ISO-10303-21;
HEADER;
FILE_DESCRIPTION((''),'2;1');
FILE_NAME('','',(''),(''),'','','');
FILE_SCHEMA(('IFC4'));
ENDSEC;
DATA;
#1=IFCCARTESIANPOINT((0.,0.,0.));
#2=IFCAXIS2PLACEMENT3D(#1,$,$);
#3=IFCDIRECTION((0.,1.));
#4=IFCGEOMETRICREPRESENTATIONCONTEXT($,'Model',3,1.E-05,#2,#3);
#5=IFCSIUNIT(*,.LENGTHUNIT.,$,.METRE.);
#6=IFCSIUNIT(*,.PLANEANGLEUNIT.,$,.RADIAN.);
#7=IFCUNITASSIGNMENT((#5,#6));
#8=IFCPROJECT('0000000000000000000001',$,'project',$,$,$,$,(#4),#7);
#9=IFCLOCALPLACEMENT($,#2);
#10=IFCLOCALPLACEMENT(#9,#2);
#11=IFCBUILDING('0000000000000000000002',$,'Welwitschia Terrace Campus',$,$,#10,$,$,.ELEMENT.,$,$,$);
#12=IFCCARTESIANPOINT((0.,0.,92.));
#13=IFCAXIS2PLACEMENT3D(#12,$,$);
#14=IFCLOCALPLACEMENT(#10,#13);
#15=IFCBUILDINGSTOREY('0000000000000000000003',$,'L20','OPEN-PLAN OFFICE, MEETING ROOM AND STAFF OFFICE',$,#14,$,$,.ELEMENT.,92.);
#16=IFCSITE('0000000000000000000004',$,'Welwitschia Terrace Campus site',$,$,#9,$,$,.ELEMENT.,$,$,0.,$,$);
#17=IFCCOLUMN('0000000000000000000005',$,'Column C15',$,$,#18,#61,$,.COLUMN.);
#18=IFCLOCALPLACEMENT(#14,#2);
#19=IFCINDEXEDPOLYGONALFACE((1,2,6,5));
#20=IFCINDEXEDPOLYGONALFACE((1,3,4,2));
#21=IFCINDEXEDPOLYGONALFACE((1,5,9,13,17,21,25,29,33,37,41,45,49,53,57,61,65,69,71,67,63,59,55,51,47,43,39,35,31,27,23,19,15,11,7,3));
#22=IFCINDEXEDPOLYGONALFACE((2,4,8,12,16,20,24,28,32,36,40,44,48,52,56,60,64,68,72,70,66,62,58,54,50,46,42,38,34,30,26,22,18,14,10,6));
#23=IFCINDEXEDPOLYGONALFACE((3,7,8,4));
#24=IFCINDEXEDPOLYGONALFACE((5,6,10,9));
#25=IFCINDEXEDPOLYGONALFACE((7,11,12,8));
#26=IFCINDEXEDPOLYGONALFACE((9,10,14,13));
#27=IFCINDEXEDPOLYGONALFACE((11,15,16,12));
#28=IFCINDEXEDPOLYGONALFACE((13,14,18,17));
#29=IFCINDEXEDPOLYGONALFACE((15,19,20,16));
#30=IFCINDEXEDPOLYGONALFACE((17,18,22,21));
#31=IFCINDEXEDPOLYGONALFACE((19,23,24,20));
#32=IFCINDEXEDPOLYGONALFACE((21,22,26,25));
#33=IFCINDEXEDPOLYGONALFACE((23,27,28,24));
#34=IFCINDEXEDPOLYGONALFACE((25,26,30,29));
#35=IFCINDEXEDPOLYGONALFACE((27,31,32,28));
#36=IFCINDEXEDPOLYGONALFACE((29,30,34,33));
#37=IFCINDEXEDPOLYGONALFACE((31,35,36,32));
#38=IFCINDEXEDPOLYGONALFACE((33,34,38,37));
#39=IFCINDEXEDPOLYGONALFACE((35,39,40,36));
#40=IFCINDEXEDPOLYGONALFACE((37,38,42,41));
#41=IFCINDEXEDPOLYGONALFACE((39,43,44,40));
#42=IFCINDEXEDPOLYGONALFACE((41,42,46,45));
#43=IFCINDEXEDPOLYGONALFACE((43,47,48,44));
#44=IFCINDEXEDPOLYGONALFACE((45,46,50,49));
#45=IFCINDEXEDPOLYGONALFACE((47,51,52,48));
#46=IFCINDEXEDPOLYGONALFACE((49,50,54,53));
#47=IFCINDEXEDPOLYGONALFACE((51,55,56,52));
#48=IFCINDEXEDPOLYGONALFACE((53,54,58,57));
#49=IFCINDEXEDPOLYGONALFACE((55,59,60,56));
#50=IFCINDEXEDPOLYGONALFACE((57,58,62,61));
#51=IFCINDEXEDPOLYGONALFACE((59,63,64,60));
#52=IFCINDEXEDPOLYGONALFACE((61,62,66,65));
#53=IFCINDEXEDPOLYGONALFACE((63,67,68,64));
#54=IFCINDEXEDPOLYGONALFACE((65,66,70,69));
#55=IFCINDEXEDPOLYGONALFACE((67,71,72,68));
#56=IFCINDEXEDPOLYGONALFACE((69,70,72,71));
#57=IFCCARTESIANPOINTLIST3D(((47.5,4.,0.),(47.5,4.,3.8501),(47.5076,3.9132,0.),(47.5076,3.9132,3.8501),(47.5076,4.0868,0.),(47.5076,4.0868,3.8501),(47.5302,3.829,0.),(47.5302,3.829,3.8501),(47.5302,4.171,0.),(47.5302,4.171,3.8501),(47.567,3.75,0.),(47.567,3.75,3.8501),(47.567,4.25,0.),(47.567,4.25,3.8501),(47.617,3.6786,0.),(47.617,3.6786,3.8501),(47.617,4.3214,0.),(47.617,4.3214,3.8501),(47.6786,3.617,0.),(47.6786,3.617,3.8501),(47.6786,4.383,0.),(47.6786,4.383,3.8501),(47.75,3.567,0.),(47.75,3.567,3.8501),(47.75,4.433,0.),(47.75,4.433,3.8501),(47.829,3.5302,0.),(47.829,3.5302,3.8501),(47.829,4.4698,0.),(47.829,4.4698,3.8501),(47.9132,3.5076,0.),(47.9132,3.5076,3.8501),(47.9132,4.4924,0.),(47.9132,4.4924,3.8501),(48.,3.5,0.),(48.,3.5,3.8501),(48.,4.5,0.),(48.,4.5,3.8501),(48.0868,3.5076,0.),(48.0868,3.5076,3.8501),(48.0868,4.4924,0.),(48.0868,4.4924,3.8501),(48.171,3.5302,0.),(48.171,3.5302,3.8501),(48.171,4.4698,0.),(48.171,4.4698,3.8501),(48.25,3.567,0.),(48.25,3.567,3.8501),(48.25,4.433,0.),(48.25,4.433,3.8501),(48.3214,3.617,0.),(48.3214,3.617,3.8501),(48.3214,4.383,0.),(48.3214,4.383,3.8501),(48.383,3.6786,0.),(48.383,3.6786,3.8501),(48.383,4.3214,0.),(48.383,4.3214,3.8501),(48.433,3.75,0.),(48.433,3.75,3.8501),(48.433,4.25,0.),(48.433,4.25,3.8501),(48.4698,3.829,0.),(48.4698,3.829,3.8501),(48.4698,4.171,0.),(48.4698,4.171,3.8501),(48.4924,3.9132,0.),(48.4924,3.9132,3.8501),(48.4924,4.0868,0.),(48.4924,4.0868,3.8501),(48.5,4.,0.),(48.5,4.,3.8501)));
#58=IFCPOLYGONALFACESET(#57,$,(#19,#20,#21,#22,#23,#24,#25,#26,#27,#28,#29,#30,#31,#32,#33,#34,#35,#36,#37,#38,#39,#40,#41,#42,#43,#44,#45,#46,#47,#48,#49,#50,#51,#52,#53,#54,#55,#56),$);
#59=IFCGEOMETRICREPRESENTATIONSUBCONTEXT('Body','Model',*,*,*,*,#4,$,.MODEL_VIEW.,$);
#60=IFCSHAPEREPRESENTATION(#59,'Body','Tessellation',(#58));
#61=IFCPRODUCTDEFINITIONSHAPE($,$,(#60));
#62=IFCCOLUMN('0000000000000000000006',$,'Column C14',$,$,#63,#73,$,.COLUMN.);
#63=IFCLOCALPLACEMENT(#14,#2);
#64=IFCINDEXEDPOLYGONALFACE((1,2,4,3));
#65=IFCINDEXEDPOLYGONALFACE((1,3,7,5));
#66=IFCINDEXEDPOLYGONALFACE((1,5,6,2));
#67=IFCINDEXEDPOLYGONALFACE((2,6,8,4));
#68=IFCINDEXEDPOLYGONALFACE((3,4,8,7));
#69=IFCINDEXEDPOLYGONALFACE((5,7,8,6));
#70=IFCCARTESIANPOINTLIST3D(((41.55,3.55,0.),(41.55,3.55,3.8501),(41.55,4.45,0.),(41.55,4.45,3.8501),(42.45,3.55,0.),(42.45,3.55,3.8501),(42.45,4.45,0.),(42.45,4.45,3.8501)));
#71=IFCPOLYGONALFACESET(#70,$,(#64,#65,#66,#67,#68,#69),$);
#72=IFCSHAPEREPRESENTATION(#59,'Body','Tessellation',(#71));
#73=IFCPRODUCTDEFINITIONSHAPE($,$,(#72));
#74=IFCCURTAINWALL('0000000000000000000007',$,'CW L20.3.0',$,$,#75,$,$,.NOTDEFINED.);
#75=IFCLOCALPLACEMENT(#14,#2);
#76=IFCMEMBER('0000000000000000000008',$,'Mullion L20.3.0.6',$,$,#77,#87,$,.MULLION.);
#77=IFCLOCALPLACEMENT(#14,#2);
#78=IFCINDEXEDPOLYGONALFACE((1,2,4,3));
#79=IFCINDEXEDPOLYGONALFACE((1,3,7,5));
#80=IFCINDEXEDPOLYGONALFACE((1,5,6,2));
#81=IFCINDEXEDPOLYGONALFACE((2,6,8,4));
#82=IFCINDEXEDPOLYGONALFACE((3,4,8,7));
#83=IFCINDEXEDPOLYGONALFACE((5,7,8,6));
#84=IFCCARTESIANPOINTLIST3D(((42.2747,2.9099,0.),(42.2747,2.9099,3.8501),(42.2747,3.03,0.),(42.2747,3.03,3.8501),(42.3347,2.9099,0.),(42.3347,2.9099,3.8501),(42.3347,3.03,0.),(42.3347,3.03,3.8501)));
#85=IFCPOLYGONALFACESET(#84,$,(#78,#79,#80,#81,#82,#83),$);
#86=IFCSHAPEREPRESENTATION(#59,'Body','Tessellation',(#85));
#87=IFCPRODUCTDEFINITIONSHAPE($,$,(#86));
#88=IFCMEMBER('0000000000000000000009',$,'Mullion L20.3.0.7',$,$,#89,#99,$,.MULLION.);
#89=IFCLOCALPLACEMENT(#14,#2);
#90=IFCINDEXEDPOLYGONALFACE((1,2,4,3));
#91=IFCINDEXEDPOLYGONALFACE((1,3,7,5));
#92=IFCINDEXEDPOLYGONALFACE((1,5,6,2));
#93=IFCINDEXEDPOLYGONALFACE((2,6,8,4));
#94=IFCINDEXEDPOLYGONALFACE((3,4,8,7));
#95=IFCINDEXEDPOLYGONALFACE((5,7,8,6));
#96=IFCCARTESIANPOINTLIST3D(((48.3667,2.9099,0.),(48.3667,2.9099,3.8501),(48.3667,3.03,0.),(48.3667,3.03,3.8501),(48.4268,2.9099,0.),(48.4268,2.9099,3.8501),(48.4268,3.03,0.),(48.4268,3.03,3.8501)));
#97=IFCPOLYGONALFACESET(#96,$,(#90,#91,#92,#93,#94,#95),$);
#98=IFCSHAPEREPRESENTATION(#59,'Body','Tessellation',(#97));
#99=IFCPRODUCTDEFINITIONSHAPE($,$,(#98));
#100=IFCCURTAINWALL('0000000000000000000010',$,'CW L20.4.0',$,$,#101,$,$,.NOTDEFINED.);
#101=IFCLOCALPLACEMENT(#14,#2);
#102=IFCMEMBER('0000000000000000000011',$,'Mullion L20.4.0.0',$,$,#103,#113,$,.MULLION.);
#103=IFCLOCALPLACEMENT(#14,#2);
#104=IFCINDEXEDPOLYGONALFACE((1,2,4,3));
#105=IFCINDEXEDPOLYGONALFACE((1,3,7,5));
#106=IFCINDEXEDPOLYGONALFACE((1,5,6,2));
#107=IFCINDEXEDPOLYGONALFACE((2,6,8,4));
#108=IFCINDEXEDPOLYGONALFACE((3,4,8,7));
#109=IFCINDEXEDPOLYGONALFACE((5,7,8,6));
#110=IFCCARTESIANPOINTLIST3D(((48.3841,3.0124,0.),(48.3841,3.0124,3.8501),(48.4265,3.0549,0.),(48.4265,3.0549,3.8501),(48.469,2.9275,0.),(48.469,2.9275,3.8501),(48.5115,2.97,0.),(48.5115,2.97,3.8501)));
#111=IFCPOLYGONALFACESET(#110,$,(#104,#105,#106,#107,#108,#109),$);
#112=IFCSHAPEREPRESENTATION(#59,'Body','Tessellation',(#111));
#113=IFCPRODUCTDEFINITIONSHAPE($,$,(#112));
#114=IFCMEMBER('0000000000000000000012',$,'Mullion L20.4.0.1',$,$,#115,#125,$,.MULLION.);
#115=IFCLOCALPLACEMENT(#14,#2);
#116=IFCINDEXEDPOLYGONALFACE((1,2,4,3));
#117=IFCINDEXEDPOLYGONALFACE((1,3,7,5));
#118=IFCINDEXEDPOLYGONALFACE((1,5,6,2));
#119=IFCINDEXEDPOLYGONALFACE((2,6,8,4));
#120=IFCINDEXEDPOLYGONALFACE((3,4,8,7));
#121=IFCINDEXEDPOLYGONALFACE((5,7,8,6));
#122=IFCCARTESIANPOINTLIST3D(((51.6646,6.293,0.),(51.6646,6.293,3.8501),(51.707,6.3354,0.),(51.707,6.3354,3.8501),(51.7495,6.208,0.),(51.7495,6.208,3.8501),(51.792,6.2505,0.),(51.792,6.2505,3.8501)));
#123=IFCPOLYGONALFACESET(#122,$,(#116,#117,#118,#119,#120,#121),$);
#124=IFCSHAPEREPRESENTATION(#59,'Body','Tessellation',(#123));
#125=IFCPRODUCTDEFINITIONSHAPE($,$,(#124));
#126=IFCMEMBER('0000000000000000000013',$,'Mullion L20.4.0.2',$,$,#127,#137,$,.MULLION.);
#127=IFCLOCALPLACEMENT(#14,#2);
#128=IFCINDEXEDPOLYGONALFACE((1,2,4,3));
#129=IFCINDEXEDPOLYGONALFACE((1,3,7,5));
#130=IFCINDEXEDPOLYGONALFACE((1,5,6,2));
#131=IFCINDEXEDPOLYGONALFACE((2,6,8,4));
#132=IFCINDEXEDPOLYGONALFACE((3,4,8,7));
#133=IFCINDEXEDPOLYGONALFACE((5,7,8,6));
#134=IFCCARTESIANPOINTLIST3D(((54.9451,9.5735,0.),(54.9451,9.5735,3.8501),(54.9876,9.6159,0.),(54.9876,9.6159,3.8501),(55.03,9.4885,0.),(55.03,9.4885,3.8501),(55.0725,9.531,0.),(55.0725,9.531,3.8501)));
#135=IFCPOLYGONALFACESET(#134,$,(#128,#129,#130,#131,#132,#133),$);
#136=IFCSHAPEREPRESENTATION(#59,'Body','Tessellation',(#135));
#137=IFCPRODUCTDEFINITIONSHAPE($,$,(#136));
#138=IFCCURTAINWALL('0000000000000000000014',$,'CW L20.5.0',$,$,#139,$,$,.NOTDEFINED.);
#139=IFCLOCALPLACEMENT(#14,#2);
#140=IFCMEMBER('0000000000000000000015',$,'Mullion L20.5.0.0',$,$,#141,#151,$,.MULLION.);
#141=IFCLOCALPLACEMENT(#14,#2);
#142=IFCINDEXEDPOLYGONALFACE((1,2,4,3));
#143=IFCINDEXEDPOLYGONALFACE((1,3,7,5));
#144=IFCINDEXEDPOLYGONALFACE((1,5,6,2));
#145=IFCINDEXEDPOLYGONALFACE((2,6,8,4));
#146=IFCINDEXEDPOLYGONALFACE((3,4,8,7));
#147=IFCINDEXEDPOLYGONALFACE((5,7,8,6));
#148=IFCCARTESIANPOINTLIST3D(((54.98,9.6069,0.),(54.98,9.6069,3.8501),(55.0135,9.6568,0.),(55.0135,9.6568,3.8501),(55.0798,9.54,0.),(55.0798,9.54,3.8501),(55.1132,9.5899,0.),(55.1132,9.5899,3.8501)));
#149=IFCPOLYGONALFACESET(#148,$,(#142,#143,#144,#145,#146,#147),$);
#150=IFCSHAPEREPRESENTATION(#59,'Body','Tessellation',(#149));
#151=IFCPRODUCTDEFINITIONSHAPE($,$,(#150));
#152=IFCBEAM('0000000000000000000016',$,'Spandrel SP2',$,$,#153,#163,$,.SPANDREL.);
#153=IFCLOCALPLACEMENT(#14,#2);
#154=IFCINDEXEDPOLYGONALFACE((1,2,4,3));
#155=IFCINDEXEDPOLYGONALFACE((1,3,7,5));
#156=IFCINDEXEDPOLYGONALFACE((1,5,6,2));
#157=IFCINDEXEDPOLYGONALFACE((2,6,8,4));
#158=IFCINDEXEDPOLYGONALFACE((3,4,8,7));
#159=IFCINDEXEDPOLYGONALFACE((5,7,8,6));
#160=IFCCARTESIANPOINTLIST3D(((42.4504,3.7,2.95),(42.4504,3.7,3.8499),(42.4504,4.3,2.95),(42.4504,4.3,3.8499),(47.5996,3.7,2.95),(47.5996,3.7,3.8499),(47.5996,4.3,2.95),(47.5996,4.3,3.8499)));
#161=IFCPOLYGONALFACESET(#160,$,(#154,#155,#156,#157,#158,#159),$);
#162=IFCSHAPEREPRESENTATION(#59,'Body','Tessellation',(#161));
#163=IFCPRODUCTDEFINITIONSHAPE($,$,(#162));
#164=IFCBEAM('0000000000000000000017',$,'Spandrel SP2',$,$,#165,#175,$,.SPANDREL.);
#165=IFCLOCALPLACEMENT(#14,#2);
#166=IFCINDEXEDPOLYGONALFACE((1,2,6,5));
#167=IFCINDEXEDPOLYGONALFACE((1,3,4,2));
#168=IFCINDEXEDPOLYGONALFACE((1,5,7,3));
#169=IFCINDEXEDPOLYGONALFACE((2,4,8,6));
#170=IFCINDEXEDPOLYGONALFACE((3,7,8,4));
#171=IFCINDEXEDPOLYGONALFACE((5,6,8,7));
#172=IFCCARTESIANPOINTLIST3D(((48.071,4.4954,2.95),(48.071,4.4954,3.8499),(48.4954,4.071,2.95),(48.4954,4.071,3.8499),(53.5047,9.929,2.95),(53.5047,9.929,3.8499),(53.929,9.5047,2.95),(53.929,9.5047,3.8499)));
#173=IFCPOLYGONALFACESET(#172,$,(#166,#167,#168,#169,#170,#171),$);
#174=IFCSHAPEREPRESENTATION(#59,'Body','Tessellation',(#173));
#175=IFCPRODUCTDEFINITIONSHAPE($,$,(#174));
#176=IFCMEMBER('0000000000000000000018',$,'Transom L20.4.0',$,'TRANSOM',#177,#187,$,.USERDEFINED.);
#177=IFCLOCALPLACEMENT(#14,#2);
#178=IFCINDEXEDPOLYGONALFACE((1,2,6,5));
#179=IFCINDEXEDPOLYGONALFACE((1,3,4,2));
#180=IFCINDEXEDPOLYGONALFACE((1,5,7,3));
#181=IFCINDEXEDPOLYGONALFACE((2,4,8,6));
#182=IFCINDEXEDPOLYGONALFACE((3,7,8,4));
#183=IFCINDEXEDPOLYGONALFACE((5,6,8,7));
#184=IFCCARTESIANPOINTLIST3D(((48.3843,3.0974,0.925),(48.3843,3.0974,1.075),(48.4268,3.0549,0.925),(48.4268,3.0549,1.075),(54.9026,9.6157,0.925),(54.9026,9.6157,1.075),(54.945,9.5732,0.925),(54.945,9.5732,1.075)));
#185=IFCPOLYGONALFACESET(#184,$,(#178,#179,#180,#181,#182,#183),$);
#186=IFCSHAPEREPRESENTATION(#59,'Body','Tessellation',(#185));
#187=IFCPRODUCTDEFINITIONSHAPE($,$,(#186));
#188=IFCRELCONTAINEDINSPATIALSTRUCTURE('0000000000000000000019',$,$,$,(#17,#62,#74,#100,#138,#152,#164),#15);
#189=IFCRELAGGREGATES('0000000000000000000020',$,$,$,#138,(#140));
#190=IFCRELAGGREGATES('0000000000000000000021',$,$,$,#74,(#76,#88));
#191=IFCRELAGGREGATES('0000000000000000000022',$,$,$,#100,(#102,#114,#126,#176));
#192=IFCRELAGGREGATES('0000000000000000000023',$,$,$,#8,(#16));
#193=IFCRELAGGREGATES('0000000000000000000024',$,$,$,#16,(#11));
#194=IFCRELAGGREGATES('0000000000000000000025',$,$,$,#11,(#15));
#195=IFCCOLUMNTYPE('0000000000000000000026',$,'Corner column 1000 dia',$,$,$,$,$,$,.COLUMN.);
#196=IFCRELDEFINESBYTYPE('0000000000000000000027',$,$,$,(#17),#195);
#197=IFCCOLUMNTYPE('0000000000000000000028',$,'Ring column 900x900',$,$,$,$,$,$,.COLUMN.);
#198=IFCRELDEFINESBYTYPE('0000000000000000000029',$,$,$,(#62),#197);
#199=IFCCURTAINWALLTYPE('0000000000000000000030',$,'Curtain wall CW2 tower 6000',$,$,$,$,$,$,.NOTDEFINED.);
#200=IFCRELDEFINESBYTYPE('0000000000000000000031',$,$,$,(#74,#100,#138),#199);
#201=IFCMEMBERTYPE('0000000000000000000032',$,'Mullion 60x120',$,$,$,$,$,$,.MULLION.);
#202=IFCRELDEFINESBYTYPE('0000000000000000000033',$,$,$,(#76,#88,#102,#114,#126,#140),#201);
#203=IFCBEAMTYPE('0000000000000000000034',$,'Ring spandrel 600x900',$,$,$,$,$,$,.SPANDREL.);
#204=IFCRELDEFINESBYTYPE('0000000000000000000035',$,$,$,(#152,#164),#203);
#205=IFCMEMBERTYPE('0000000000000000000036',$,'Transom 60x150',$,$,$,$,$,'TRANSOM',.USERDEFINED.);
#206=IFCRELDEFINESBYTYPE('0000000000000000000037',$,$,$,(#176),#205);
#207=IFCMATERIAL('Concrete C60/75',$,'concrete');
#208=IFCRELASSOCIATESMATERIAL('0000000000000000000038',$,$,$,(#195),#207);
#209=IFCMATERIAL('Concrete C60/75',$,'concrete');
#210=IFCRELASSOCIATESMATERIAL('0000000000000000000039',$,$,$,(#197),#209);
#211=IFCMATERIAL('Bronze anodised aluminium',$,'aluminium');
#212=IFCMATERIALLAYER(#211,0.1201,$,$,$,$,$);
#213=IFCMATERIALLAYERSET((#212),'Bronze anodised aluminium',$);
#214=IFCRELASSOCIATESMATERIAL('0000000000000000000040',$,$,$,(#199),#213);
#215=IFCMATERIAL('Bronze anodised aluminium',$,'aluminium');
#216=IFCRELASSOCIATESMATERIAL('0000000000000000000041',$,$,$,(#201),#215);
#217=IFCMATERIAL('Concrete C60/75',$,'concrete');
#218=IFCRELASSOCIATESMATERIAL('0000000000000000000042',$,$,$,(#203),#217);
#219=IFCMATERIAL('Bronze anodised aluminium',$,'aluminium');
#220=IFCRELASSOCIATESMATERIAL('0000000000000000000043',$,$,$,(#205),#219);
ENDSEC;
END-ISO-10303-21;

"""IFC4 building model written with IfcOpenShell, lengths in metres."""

from ifc_helpers import new_model, si_unit, direction, frame, origin, origin_2d, place, context, subcontext, project, spatial, rectangle, circle, extrude, material, layer, layer_set, material_profile, profile_set, type_object, element, aggregate, save


model = new_model("IFC4")

# Units and contexts
model_context = context("Model", 3, precision=1e-05, world=origin(), true_north=direction((0.0, 1.0)))
body_context = subcontext(model_context, "Body", "Model", "MODEL_VIEW")
ifc_project = project(units=[si_unit("LENGTHUNIT", "METRE"), si_unit("PLANEANGLEUNIT", "RADIAN")], contexts=[model_context])

# Site, building, storey
site_placement = place(None, origin())
site = spatial("IfcSite", under=ifc_project, at=site_placement, Name="Welwitschia Terrace Campus site", CompositionType="ELEMENT", RefElevation=0.0)
building_placement = place(site_placement, origin())
building = spatial("IfcBuilding", under=site, at=building_placement, Name="Welwitschia Terrace Campus", CompositionType="ELEMENT")
storey_placement = place(building_placement, frame((0.0, 0.0, 92.0)))
storey = spatial("IfcBuildingStorey", under=building, at=storey_placement, Name="L20", Description="OPEN-PLAN OFFICE, MEETING ROOM AND STAFF OFFICE", CompositionType="ELEMENT", Elevation=92.0)

# Columns
ifc_material_1 = material(Name="Concrete C60/75", Category="concrete")
ifc_material_profile_1 = material_profile(ifc_material_1, circle(Radius=0.5, at=origin_2d()))
ifc_profile_set_1 = profile_set([ifc_material_profile_1], Name="Concrete C60/75")
column_type_1 = type_object("IfcColumnType", Name="Corner column 1000 dia", PredefinedType="COLUMN", material=ifc_profile_set_1)
column_1_placement = place(storey_placement, frame((48.0, 4.0, 0.0), z_axis=(0.0, 0.0, 1.0), x_axis=(1.0, 0.0, 0.0)))
element("IfcColumn", 1, at=column_1_placement, inside=storey, type_object=column_type_1, Name="Column C15", PredefinedType="COLUMN", context=body_context, shape_type="SweptSolid", body=[
    extrude(circle(Radius=0.5, at=origin_2d()), origin(), (0.0, 0.0, 1.0), 3.8501),
])
ifc_material_2 = material(Name="Concrete C60/75", Category="concrete")
ifc_material_profile_2 = material_profile(ifc_material_2, rectangle(XDim=0.8999, YDim=0.8999, at=origin_2d()))
ifc_profile_set_2 = profile_set([ifc_material_profile_2], Name="Concrete C60/75")
column_type_2 = type_object("IfcColumnType", Name="Ring column 900x900", PredefinedType="COLUMN", material=ifc_profile_set_2)
column_2_placement = place(storey_placement, frame((42.0, 4.0, 0.0), z_axis=(0.0, 0.0, 1.0), x_axis=(1.0, 0.0, 0.0)))
element("IfcColumn", 2, at=column_2_placement, inside=storey, type_object=column_type_2, Name="Column C14", PredefinedType="COLUMN", context=body_context, shape_type="SweptSolid", body=[
    extrude(rectangle(XDim=0.8999, YDim=0.8999, at=origin_2d()), origin(), (0.0, 0.0, 1.0), 3.8501),
])

# Curtain walls, members
ifc_material_3 = material(Name="Bronze anodised aluminium", Category="aluminium")
ifc_layer_1 = layer(ifc_material_3, 0.1201)
ifc_layer_set_1 = layer_set([ifc_layer_1], Name="Bronze anodised aluminium")
curtain_wall_type = type_object("IfcCurtainWallType", Name="Curtain wall CW2 tower 6000", PredefinedType="NOTDEFINED", material=ifc_layer_set_1)
curtain_wall_1_placement = place(storey_placement, origin())
curtain_wall_1 = element("IfcCurtainWall", 3, at=curtain_wall_1_placement, inside=storey, type_object=curtain_wall_type, Name="CW L20.3.0", PredefinedType="NOTDEFINED")
ifc_material_4 = material(Name="Bronze anodised aluminium", Category="aluminium")
ifc_material_profile_3 = material_profile(ifc_material_4, rectangle(XDim=0.1201, YDim=0.0601, at=origin_2d()))
ifc_profile_set_3 = profile_set([ifc_material_profile_3], Name="Bronze anodised aluminium")
member_type_1 = type_object("IfcMemberType", Name="Mullion 60x120", PredefinedType="MULLION", material=ifc_profile_set_3)
member_1_placement = place(storey_placement, frame((42.3047, 2.97, 0.0), z_axis=(0.0, 0.0, 1.0), x_axis=(0.0, 1.0, 0.0)))
member_1 = element("IfcMember", 4, at=member_1_placement, type_object=member_type_1, Name="Mullion L20.3.0.6", PredefinedType="MULLION", context=body_context, shape_type="SweptSolid", body=[
    extrude(rectangle(XDim=0.1201, YDim=0.0601, at=origin_2d()), origin(), (0.0, 0.0, 1.0), 3.8501),
])
member_2_placement = place(storey_placement, frame((48.3967, 2.97, 0.0), z_axis=(0.0, 0.0, 1.0), x_axis=(0.0, 1.0, 0.0)))
member_2 = element("IfcMember", 5, at=member_2_placement, type_object=member_type_1, Name="Mullion L20.3.0.7", PredefinedType="MULLION", context=body_context, shape_type="SweptSolid", body=[
    extrude(rectangle(XDim=0.1201, YDim=0.0601, at=origin_2d()), origin(), (0.0, 0.0, 1.0), 3.8501),
])
curtain_wall_2_placement = place(storey_placement, origin())
curtain_wall_2 = element("IfcCurtainWall", 6, at=curtain_wall_2_placement, inside=storey, type_object=curtain_wall_type, Name="CW L20.4.0", PredefinedType="NOTDEFINED")
member_3_placement = place(storey_placement, frame((48.4478, 2.9912, 0.0), z_axis=(0.0, 0.0, 1.0), x_axis=(-0.707107, 0.707107, 0.0)))
member_3 = element("IfcMember", 7, at=member_3_placement, type_object=member_type_1, Name="Mullion L20.4.0.0", PredefinedType="MULLION", context=body_context, shape_type="SweptSolid", body=[
    extrude(rectangle(XDim=0.1201, YDim=0.0601, at=origin_2d()), origin(), (0.0, 0.0, 1.0), 3.8501),
])
member_4_placement = place(storey_placement, frame((51.7283, 6.2717, 0.0), z_axis=(0.0, 0.0, 1.0), x_axis=(-0.707107, 0.707107, 0.0)))
member_4 = element("IfcMember", 8, at=member_4_placement, type_object=member_type_1, Name="Mullion L20.4.0.1", PredefinedType="MULLION", context=body_context, shape_type="SweptSolid", body=[
    extrude(rectangle(XDim=0.1201, YDim=0.0601, at=origin_2d()), origin(), (0.0, 0.0, 1.0), 3.8501),
])
member_5_placement = place(storey_placement, frame((55.0088, 9.5522, 0.0), z_axis=(0.0, 0.0, 1.0), x_axis=(-0.707107, 0.707107, 0.0)))
member_5 = element("IfcMember", 9, at=member_5_placement, type_object=member_type_1, Name="Mullion L20.4.0.2", PredefinedType="MULLION", context=body_context, shape_type="SweptSolid", body=[
    extrude(rectangle(XDim=0.1201, YDim=0.0601, at=origin_2d()), origin(), (0.0, 0.0, 1.0), 3.8501),
])

# Curtain wall, member
curtain_wall_3_placement = place(storey_placement, origin())
curtain_wall_3 = element("IfcCurtainWall", 10, at=curtain_wall_3_placement, inside=storey, type_object=curtain_wall_type, Name="CW L20.5.0", PredefinedType="NOTDEFINED")
member_6_placement = place(storey_placement, frame((55.0466, 9.5984, 0.0), z_axis=(0.0, 0.0, 1.0), x_axis=(-0.830319, 0.557289, 0.0)))
member_6 = element("IfcMember", 11, at=member_6_placement, type_object=member_type_1, Name="Mullion L20.5.0.0", PredefinedType="MULLION", context=body_context, shape_type="SweptSolid", body=[
    extrude(rectangle(XDim=0.1201, YDim=0.0601, at=origin_2d()), origin(), (0.0, 0.0, 1.0), 3.8501),
])

# Beams
ifc_material_5 = material(Name="Concrete C60/75", Category="concrete")
ifc_material_profile_4 = material_profile(ifc_material_5, rectangle(XDim=0.6001, YDim=0.8999, at=origin_2d()))
ifc_profile_set_4 = profile_set([ifc_material_profile_4], Name="Concrete C60/75")
beam_type = type_object("IfcBeamType", Name="Ring spandrel 600x900", PredefinedType="SPANDREL", material=ifc_profile_set_4)
beam_1_placement = place(storey_placement, frame((42.4504, 4.0, 3.3999), z_axis=(1.0, 0.0, 0.0), x_axis=(0.0, 1.0, 0.0)))
element("IfcBeam", 12, at=beam_1_placement, inside=storey, type_object=beam_type, Name="Spandrel SP2", PredefinedType="SPANDREL", context=body_context, shape_type="SweptSolid", body=[
    extrude(rectangle(XDim=0.6001, YDim=0.8999, at=origin_2d()), origin(), (0.0, 0.0, 1.0), 5.1492),
])
beam_2_placement = place(storey_placement, frame((48.2832, 4.2832, 3.3999), z_axis=(0.707107, 0.707107, 0.0), x_axis=(-0.707107, 0.707107, 0.0)))
element("IfcBeam", 13, at=beam_2_placement, inside=storey, type_object=beam_type, Name="Spandrel SP2", PredefinedType="SPANDREL", context=body_context, shape_type="SweptSolid", body=[
    extrude(rectangle(XDim=0.6001, YDim=0.8999, at=origin_2d()), origin(), (0.0, 0.0, 1.0), 7.6843),
])

# Member
ifc_material_6 = material(Name="Bronze anodised aluminium", Category="aluminium")
ifc_material_profile_5 = material_profile(ifc_material_6, rectangle(XDim=0.0601, YDim=0.1499, at=origin_2d()))
ifc_profile_set_5 = profile_set([ifc_material_profile_5], Name="Bronze anodised aluminium")
member_type_2 = type_object("IfcMemberType", Name="Transom 60x150", ElementType="TRANSOM", PredefinedType="USERDEFINED", material=ifc_profile_set_5)
member_7_placement = place(storey_placement, frame((48.4055, 3.0762, 1.0), z_axis=(0.707107, 0.707107, 0.0), x_axis=(-0.707107, 0.707107, 0.0)))
member_7 = element("IfcMember", 14, at=member_7_placement, type_object=member_type_2, Name="Transom L20.4.0", ObjectType="TRANSOM", PredefinedType="USERDEFINED", context=body_context, shape_type="SweptSolid", body=[
    extrude(rectangle(XDim=0.0601, YDim=0.1499, at=origin_2d()), origin(), (0.0, 0.0, 1.0), 9.2183),
])
aggregate(curtain_wall_3, [member_6])

aggregate(curtain_wall_1, [member_1, member_2])
aggregate(curtain_wall_2, [member_3, member_4, member_5, member_7])

save(model, "model.ifc")
